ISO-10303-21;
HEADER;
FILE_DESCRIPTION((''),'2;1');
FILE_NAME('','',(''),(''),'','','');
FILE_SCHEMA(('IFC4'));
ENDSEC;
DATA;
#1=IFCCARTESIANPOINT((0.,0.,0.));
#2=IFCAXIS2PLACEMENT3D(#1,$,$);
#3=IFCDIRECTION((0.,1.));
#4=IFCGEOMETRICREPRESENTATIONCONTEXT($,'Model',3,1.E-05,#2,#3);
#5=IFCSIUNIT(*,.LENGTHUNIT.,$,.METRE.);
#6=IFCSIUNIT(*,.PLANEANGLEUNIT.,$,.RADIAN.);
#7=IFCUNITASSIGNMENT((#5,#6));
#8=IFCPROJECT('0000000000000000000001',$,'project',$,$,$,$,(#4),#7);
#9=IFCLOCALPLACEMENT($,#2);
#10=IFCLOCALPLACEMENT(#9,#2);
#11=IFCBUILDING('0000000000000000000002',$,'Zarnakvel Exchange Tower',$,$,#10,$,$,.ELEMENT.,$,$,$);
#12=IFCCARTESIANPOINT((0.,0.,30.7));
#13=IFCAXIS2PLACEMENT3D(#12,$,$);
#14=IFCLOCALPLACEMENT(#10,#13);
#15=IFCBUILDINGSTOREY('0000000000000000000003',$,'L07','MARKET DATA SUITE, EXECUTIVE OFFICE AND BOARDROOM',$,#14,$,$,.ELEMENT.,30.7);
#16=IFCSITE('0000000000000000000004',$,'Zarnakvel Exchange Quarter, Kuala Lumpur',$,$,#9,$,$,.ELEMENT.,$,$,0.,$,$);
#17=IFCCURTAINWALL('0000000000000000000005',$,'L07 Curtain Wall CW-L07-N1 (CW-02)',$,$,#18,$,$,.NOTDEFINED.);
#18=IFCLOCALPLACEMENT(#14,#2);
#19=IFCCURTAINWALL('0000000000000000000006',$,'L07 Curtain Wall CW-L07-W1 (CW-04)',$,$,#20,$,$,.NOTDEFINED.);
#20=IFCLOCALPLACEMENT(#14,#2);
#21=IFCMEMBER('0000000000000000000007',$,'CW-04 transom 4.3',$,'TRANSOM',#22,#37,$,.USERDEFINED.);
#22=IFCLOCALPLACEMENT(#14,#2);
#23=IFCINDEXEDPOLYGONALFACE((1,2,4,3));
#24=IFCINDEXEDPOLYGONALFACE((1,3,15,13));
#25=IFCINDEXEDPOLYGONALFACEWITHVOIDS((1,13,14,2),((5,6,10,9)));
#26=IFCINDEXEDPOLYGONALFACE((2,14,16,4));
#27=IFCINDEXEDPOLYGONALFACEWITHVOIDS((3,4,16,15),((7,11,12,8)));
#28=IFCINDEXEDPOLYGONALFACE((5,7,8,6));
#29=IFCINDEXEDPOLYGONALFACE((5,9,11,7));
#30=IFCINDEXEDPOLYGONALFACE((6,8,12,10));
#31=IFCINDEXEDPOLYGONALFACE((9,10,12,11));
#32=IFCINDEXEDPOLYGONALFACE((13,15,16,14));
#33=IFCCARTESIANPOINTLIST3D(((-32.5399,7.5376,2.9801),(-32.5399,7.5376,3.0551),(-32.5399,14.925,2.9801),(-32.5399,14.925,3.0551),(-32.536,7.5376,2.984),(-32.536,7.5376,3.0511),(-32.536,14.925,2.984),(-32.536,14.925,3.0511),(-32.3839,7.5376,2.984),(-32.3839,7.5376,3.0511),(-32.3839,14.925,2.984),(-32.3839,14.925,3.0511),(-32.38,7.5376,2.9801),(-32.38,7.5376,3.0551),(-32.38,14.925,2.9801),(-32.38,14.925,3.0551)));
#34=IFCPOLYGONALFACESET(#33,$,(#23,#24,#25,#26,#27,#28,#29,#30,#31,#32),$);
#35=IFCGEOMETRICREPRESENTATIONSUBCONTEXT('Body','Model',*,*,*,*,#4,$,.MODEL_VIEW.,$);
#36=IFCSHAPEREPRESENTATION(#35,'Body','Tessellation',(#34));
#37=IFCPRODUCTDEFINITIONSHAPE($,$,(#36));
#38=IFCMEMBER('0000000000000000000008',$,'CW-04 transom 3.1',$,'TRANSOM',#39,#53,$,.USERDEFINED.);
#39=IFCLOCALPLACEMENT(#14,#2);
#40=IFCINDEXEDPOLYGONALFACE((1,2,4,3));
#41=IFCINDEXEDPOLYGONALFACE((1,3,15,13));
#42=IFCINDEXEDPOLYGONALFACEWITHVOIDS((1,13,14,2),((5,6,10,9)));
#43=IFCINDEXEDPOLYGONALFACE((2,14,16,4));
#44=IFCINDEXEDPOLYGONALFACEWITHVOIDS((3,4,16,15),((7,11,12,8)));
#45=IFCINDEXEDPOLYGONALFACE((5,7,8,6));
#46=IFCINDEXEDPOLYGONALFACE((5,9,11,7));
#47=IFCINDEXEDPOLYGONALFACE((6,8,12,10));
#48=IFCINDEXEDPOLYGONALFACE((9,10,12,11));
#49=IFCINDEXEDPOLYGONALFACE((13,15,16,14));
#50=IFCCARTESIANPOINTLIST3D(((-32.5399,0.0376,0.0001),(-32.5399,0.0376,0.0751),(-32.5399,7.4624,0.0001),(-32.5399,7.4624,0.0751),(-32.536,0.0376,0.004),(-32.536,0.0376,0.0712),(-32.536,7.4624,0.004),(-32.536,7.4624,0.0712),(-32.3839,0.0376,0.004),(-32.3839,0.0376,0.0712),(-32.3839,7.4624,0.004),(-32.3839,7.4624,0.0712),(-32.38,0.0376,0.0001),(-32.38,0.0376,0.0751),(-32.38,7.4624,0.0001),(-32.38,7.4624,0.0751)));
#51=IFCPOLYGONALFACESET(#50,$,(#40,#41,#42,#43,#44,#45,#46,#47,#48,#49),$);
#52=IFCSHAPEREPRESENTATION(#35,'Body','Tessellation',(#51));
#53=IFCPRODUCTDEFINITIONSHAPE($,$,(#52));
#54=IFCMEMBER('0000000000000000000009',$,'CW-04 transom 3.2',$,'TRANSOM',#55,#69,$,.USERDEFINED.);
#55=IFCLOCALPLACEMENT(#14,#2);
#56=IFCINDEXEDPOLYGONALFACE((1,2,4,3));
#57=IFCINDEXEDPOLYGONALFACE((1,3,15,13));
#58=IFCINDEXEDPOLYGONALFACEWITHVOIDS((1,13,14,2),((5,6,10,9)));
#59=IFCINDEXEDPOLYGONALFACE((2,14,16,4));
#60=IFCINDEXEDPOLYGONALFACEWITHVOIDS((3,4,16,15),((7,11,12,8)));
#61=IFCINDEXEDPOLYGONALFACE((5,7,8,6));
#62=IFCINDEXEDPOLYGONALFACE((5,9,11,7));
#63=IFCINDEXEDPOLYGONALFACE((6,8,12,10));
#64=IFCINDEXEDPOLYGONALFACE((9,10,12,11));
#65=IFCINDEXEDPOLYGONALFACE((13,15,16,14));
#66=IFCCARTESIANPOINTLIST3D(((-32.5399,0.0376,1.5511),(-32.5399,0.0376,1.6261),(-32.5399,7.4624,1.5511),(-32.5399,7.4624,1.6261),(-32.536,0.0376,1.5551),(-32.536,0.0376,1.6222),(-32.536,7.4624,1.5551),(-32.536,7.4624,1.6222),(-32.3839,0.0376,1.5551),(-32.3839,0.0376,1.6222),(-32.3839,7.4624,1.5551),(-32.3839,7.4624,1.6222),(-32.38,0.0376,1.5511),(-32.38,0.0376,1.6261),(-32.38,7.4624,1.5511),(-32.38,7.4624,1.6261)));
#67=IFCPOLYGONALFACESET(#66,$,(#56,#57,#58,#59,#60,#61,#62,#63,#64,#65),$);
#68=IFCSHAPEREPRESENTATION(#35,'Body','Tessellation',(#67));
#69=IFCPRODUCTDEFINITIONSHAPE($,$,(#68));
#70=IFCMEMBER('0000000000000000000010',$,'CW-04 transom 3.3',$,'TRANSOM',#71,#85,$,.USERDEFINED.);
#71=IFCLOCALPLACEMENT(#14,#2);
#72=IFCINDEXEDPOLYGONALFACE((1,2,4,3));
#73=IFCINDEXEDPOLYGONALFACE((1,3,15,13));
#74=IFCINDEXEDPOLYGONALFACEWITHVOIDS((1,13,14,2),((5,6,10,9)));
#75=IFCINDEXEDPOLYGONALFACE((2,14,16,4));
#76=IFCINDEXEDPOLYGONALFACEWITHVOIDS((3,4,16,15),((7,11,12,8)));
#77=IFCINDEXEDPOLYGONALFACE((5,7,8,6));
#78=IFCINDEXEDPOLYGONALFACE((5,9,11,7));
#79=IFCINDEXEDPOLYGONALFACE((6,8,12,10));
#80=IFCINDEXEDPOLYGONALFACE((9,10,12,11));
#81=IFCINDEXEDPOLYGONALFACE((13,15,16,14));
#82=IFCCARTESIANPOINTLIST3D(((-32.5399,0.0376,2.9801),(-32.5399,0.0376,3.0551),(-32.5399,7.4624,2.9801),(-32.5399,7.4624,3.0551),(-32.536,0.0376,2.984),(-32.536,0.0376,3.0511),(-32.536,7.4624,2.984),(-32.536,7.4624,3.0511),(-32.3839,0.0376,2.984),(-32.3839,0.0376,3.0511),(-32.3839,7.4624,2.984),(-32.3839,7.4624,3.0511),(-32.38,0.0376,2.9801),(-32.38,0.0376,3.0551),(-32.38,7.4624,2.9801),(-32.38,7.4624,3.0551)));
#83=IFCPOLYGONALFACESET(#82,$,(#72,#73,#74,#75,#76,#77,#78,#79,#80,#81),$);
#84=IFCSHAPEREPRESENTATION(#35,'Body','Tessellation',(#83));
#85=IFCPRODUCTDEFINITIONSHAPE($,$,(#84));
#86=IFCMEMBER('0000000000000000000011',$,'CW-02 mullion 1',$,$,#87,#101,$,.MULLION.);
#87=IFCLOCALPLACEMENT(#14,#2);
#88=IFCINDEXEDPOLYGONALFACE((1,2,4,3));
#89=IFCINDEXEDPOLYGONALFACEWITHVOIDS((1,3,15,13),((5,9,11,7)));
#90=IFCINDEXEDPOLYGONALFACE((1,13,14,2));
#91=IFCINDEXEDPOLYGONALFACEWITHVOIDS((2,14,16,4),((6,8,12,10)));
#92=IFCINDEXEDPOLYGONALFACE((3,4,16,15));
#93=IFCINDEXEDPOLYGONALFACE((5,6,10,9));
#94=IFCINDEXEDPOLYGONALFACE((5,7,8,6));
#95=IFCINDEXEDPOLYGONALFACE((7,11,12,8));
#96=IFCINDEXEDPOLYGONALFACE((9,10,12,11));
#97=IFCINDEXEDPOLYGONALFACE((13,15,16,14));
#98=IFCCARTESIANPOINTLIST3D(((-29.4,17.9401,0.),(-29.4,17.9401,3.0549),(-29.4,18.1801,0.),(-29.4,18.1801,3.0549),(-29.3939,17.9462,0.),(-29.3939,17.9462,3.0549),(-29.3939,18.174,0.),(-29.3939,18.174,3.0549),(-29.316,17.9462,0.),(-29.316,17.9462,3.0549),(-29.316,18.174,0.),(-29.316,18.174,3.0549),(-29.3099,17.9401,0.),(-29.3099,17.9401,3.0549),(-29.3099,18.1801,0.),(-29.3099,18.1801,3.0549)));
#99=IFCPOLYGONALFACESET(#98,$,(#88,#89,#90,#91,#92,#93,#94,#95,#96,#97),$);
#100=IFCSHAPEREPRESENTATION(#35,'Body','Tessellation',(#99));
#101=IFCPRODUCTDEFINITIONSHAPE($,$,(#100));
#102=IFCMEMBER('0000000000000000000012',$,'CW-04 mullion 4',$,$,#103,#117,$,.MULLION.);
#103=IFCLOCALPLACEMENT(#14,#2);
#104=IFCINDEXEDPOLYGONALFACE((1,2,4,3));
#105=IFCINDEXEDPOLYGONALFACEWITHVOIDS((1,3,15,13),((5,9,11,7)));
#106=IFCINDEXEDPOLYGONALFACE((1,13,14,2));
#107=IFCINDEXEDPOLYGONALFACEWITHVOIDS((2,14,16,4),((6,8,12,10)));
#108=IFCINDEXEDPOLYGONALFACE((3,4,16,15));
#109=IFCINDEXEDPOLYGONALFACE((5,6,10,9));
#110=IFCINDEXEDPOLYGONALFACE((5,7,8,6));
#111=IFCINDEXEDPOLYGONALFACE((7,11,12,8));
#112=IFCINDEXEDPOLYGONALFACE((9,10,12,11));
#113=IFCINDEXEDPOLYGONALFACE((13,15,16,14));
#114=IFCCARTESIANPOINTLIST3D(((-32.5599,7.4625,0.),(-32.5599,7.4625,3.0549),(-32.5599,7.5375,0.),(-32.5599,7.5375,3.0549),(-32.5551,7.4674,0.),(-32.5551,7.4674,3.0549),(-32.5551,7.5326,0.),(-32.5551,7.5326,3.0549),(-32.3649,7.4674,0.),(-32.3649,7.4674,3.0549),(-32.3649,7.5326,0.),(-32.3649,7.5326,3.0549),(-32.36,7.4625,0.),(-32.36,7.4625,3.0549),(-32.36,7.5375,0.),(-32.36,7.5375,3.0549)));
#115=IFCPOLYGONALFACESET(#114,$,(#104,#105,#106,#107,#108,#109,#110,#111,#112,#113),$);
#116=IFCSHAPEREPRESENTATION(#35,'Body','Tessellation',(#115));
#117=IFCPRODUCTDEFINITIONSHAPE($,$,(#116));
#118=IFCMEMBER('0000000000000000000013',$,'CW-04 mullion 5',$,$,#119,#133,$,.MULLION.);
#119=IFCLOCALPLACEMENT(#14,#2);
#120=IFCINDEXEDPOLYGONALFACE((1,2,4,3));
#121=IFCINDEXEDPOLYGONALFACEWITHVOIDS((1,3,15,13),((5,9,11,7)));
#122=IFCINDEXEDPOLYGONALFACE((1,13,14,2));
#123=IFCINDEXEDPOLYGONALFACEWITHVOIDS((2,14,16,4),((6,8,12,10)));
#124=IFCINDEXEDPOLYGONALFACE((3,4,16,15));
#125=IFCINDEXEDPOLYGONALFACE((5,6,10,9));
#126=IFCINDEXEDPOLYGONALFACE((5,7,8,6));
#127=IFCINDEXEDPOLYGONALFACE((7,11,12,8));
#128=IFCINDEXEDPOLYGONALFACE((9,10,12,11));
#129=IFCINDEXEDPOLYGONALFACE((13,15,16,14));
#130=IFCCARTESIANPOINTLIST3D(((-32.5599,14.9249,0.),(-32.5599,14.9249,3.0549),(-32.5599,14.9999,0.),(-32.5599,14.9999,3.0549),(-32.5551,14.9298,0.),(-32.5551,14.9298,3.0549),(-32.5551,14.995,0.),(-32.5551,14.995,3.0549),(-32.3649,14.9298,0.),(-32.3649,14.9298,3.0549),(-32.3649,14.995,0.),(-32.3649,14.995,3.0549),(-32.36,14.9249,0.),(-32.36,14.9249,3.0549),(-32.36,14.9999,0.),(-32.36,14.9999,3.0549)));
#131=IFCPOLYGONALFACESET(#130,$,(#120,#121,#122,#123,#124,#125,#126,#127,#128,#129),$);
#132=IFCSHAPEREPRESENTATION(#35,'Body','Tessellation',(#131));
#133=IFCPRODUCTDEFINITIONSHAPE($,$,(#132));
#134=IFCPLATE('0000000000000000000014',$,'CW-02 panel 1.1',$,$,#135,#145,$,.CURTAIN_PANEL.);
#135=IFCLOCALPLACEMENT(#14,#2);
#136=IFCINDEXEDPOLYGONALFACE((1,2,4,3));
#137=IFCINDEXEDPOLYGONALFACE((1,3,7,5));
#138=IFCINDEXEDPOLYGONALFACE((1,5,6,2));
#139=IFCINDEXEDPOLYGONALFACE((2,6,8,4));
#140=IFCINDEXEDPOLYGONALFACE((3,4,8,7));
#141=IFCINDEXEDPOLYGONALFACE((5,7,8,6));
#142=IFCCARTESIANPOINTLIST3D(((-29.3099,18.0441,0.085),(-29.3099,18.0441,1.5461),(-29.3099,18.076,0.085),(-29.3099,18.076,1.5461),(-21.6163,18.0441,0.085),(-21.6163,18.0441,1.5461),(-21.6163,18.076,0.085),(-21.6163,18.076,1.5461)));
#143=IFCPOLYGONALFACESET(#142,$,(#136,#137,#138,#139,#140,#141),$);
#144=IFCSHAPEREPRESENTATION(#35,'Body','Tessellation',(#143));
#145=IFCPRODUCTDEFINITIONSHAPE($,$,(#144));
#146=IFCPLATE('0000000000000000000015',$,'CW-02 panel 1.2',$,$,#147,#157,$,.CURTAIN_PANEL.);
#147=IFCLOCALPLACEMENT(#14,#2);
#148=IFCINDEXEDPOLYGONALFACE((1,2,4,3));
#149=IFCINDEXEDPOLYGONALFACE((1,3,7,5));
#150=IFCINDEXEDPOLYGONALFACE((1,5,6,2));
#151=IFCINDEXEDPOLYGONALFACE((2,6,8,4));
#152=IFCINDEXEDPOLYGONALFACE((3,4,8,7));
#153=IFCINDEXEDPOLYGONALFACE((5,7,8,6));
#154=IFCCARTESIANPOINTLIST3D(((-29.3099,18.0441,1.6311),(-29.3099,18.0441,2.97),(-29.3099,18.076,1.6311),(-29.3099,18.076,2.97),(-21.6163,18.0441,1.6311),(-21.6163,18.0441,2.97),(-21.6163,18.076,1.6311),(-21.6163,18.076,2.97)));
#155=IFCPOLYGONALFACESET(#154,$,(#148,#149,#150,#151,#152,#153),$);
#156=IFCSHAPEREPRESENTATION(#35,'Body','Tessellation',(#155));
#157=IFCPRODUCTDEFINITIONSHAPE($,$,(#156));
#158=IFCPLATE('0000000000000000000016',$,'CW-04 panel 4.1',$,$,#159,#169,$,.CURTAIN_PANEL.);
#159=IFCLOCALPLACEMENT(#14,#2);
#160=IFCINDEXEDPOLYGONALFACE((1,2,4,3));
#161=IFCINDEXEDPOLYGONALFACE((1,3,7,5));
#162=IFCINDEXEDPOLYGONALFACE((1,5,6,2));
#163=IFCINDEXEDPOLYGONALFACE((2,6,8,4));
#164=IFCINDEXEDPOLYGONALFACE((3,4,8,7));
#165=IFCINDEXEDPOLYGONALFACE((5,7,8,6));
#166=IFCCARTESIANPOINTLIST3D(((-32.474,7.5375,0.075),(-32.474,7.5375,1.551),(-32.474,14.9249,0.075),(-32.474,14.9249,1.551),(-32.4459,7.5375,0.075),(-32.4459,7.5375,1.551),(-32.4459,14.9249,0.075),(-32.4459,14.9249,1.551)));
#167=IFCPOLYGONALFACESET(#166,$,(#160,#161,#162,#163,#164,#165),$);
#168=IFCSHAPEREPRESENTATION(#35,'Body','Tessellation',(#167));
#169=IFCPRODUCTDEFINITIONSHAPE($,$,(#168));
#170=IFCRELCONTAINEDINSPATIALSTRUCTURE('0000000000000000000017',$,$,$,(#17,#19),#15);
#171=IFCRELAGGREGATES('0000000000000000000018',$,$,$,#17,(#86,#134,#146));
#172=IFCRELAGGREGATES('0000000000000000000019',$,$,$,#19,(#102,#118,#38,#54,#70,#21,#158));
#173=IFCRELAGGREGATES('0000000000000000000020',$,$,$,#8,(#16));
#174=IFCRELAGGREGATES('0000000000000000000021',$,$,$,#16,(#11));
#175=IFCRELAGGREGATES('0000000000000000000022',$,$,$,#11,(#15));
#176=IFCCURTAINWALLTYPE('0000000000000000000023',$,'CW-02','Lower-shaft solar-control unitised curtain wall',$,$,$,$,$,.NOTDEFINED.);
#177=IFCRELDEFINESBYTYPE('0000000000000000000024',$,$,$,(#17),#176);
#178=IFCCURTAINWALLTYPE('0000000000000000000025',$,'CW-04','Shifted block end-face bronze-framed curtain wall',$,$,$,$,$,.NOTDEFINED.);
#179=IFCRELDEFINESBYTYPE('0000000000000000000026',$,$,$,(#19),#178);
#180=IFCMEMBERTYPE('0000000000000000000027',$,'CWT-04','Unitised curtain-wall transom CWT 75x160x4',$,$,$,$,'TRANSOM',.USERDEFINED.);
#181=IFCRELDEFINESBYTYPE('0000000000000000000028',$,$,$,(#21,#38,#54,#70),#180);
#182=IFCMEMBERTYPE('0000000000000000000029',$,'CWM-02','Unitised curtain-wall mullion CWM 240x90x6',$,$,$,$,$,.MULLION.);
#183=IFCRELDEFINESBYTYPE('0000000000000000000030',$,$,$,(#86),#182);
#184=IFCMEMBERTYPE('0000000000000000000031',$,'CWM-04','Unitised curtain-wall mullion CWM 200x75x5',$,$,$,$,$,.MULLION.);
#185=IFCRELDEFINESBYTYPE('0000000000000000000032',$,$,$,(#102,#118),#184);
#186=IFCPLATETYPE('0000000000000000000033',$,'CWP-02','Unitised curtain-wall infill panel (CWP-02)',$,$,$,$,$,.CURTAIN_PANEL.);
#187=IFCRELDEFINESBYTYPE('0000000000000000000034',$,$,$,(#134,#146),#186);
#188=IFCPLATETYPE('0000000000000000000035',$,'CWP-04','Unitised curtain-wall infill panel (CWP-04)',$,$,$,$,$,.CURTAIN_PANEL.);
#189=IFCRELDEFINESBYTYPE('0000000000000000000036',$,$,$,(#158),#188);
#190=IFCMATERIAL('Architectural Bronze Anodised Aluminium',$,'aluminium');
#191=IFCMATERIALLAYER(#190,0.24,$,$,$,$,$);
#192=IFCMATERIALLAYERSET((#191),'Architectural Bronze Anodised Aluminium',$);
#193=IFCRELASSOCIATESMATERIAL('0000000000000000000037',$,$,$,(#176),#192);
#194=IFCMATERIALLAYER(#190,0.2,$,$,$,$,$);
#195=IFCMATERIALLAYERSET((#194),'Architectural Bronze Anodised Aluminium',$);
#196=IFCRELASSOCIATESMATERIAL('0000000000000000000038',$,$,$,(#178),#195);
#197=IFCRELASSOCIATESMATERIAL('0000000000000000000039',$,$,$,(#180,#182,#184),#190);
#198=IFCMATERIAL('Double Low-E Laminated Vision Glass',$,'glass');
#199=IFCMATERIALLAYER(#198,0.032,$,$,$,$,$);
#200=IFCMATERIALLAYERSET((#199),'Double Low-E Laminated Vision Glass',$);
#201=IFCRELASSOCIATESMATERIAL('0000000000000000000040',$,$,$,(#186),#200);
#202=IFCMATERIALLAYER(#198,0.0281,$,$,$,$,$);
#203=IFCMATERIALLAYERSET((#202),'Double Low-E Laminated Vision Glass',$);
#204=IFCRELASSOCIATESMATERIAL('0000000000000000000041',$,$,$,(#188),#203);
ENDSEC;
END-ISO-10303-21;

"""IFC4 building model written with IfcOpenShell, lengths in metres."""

from ifc_helpers import new_model, si_unit, direction, frame, origin, origin_2d, place, context, subcontext, project, spatial, rectangle, hollow_rectangle, extrude, source, transform, mapped, material, layer, layer_set, material_profile, profile_set, type_object, element, aggregate, save


model = new_model("IFC4")

# Units and contexts
model_context = context("Model", 3, precision=1e-05, world=origin(), true_north=direction((0.0, 1.0)))
body_context = subcontext(model_context, "Body", "Model", "MODEL_VIEW")
ifc_project = project(units=[si_unit("LENGTHUNIT", "METRE"), si_unit("PLANEANGLEUNIT", "RADIAN")], contexts=[model_context])

# Site, building, storey
site_placement = place(None, origin())
site = spatial("IfcSite", under=ifc_project, at=site_placement, Name="Zarnakvel Exchange Quarter, Kuala Lumpur", CompositionType="ELEMENT", RefElevation=0.0)
building_placement = place(site_placement, origin())
building = spatial("IfcBuilding", under=site, at=building_placement, Name="Zarnakvel Exchange Tower", CompositionType="ELEMENT")
storey_placement = place(building_placement, frame((0.0, 0.0, 30.7)))
storey = spatial("IfcBuildingStorey", under=building, at=storey_placement, Name="L07", Description="MARKET DATA SUITE, EXECUTIVE OFFICE AND BOARDROOM", CompositionType="ELEMENT", Elevation=30.7)

# Curtain walls, members
ifc_material_1 = material(Name="Architectural Bronze Anodised Aluminium", Category="aluminium")
ifc_layer_1 = layer(ifc_material_1, 0.24)
ifc_layer_set_1 = layer_set([ifc_layer_1], Name="Architectural Bronze Anodised Aluminium")
curtain_wall_type_1 = type_object("IfcCurtainWallType", Name="CW-02", Description="Lower-shaft solar-control unitised curtain wall", PredefinedType="NOTDEFINED", material=ifc_layer_set_1)
curtain_wall_1_placement = place(storey_placement, origin())
curtain_wall_1 = element("IfcCurtainWall", 1, at=curtain_wall_1_placement, inside=storey, type_object=curtain_wall_type_1, Name="L07 Curtain Wall CW-L07-N1 (CW-02)", PredefinedType="NOTDEFINED")
ifc_layer_2 = layer(ifc_material_1, 0.2)
ifc_layer_set_2 = layer_set([ifc_layer_2], Name="Architectural Bronze Anodised Aluminium")
curtain_wall_type_2 = type_object("IfcCurtainWallType", Name="CW-04", Description="Shifted block end-face bronze-framed curtain wall", PredefinedType="NOTDEFINED", material=ifc_layer_set_2)
curtain_wall_2_placement = place(storey_placement, origin())
curtain_wall_2 = element("IfcCurtainWall", 2, at=curtain_wall_2_placement, inside=storey, type_object=curtain_wall_type_2, Name="L07 Curtain Wall CW-L07-W1 (CW-04)", PredefinedType="NOTDEFINED")
ifc_material_profile_1 = material_profile(ifc_material_1, hollow_rectangle(XDim=0.1599, YDim=0.075, WallThickness=0.0039, at=origin_2d()))
ifc_profile_set_1 = profile_set([ifc_material_profile_1], Name="Architectural Bronze Anodised Aluminium")
member_type_1 = type_object("IfcMemberType", Name="CWT-04", Description="Unitised curtain-wall transom CWT 75x160x4", ElementType="TRANSOM", PredefinedType="USERDEFINED", material=ifc_profile_set_1)
shared_shape_1 = source(origin(), body_context, "Body", "SweptSolid", [
    extrude(hollow_rectangle(XDim=0.1599, YDim=0.075, WallThickness=0.0039, at=origin_2d()), origin(), (0.0, 0.0, 1.0), 7.3875),
])
member_1_placement = place(storey_placement, frame((-32.46, 7.5376, 3.0176), z_axis=(0.0, 1.0, 0.0), x_axis=(-1.0, 0.0, 0.0)))
member_1 = element("IfcMember", 3, at=member_1_placement, type_object=member_type_1, Name="CW-04 transom 4.3", ObjectType="TRANSOM", PredefinedType="USERDEFINED", context=body_context, shape_type="MappedRepresentation", body=[
    mapped(shared_shape_1, transform((0.0, 0.0, 0.0), x_axis=(1.0, 0.0, 0.0), y_axis=(0.0, 1.0, 0.0), z_axis=(0.0, 0.0, 1.0), scale=1.0)),
])
shared_shape_2 = source(origin(), body_context, "Body", "SweptSolid", [
    extrude(hollow_rectangle(XDim=0.1599, YDim=0.075, WallThickness=0.0039, at=origin_2d()), origin(), (0.0, 0.0, 1.0), 7.4248),
])
member_2_placement = place(storey_placement, frame((-32.46, 0.0376, 0.0376), z_axis=(0.0, 1.0, 0.0), x_axis=(-1.0, 0.0, 0.0)))
member_2 = element("IfcMember", 4, at=member_2_placement, type_object=member_type_1, Name="CW-04 transom 3.1", ObjectType="TRANSOM", PredefinedType="USERDEFINED", context=body_context, shape_type="MappedRepresentation", body=[
    mapped(shared_shape_2, transform((0.0, 0.0, 0.0), x_axis=(1.0, 0.0, 0.0), y_axis=(0.0, 1.0, 0.0), z_axis=(0.0, 0.0, 1.0), scale=1.0)),
])
member_3_placement = place(storey_placement, frame((-32.46, 0.0376, 1.5886), z_axis=(0.0, 1.0, 0.0), x_axis=(-1.0, 0.0, 0.0)))
member_3 = element("IfcMember", 5, at=member_3_placement, type_object=member_type_1, Name="CW-04 transom 3.2", ObjectType="TRANSOM", PredefinedType="USERDEFINED", context=body_context, shape_type="MappedRepresentation", body=[
    mapped(shared_shape_2, transform((0.0, 0.0, 0.0), x_axis=(1.0, 0.0, 0.0), y_axis=(0.0, 1.0, 0.0), z_axis=(0.0, 0.0, 1.0), scale=1.0)),
])
member_4_placement = place(storey_placement, frame((-32.46, 0.0376, 3.0176), z_axis=(0.0, 1.0, 0.0), x_axis=(-1.0, 0.0, 0.0)))
member_4 = element("IfcMember", 6, at=member_4_placement, type_object=member_type_1, Name="CW-04 transom 3.3", ObjectType="TRANSOM", PredefinedType="USERDEFINED", context=body_context, shape_type="MappedRepresentation", body=[
    mapped(shared_shape_2, transform((0.0, 0.0, 0.0), x_axis=(1.0, 0.0, 0.0), y_axis=(0.0, 1.0, 0.0), z_axis=(0.0, 0.0, 1.0), scale=1.0)),
])

# Members
ifc_material_profile_2 = material_profile(ifc_material_1, hollow_rectangle(XDim=0.24, YDim=0.0901, WallThickness=0.0061, at=origin_2d()))
ifc_profile_set_2 = profile_set([ifc_material_profile_2], Name="Architectural Bronze Anodised Aluminium")
member_type_2 = type_object("IfcMemberType", Name="CWM-02", Description="Unitised curtain-wall mullion CWM 240x90x6", PredefinedType="MULLION", material=ifc_profile_set_2)
shared_shape_3 = source(origin(), body_context, "Body", "SweptSolid", [
    extrude(hollow_rectangle(XDim=0.24, YDim=0.0901, WallThickness=0.0061, at=origin_2d()), origin(), (0.0, 0.0, 1.0), 3.0549),
])
member_5_placement = place(storey_placement, frame((-29.355, 18.0601, 0.0), z_axis=(0.0, 0.0, 1.0), x_axis=(0.0, 1.0, 0.0)))
member_5 = element("IfcMember", 7, at=member_5_placement, type_object=member_type_2, Name="CW-02 mullion 1", PredefinedType="MULLION", context=body_context, shape_type="MappedRepresentation", body=[
    mapped(shared_shape_3, transform((0.0, 0.0, 0.0), x_axis=(1.0, 0.0, 0.0), y_axis=(0.0, 1.0, 0.0), z_axis=(0.0, 0.0, 1.0), scale=1.0)),
])
ifc_material_profile_3 = material_profile(ifc_material_1, hollow_rectangle(XDim=0.2, YDim=0.075, WallThickness=0.0049, at=origin_2d()))
ifc_profile_set_3 = profile_set([ifc_material_profile_3], Name="Architectural Bronze Anodised Aluminium")
member_type_3 = type_object("IfcMemberType", Name="CWM-04", Description="Unitised curtain-wall mullion CWM 200x75x5", PredefinedType="MULLION", material=ifc_profile_set_3)
shared_shape_4 = source(origin(), body_context, "Body", "SweptSolid", [
    extrude(hollow_rectangle(XDim=0.2, YDim=0.075, WallThickness=0.0049, at=origin_2d()), origin(), (0.0, 0.0, 1.0), 3.0549),
])
member_6_placement = place(storey_placement, frame((-32.46, 7.5, 0.0), z_axis=(0.0, 0.0, 1.0), x_axis=(-1.0, 0.0, 0.0)))
member_6 = element("IfcMember", 8, at=member_6_placement, type_object=member_type_3, Name="CW-04 mullion 4", PredefinedType="MULLION", context=body_context, shape_type="MappedRepresentation", body=[
    mapped(shared_shape_4, transform((0.0, 0.0, 0.0), x_axis=(1.0, 0.0, 0.0), y_axis=(0.0, 1.0, 0.0), z_axis=(0.0, 0.0, 1.0), scale=1.0)),
])
member_7_placement = place(storey_placement, frame((-32.46, 14.9624, 0.0), z_axis=(0.0, 0.0, 1.0), x_axis=(-1.0, 0.0, 0.0)))
member_7 = element("IfcMember", 9, at=member_7_placement, type_object=member_type_3, Name="CW-04 mullion 5", PredefinedType="MULLION", context=body_context, shape_type="MappedRepresentation", body=[
    mapped(shared_shape_4, transform((0.0, 0.0, 0.0), x_axis=(1.0, 0.0, 0.0), y_axis=(0.0, 1.0, 0.0), z_axis=(0.0, 0.0, 1.0), scale=1.0)),
])

# Plates
ifc_material_2 = material(Name="Double Low-E Laminated Vision Glass", Category="glass")
ifc_layer_3 = layer(ifc_material_2, 0.032)
ifc_layer_set_3 = layer_set([ifc_layer_3], Name="Double Low-E Laminated Vision Glass")
plate_type_1 = type_object("IfcPlateType", Name="CWP-02", Description="Unitised curtain-wall infill panel (CWP-02)", PredefinedType="CURTAIN_PANEL", material=ifc_layer_set_3)
shared_shape_5 = source(origin(), body_context, "Body", "SweptSolid", [
    extrude(rectangle(XDim=7.6936, YDim=0.032, at=origin_2d()), origin(), (0.0, 0.0, 1.0), 1.4612),
])
plate_1_placement = place(storey_placement, frame((-25.4631, 18.0601, 0.085), z_axis=(0.0, 0.0, 1.0), x_axis=(1.0, 0.0, 0.0)))
plate_1 = element("IfcPlate", 10, at=plate_1_placement, type_object=plate_type_1, Name="CW-02 panel 1.1", PredefinedType="CURTAIN_PANEL", context=body_context, shape_type="MappedRepresentation", body=[
    mapped(shared_shape_5, transform((0.0, 0.0, 0.0), x_axis=(1.0, 0.0, 0.0), y_axis=(0.0, 1.0, 0.0), z_axis=(0.0, 0.0, 1.0), scale=1.0)),
])
shared_shape_6 = source(origin(), body_context, "Body", "SweptSolid", [
    extrude(rectangle(XDim=7.6936, YDim=0.032, at=origin_2d()), origin(), (0.0, 0.0, 1.0), 1.3389),
])
plate_2_placement = place(storey_placement, frame((-25.4631, 18.0601, 1.6311), z_axis=(0.0, 0.0, 1.0), x_axis=(1.0, 0.0, 0.0)))
plate_2 = element("IfcPlate", 11, at=plate_2_placement, type_object=plate_type_1, Name="CW-02 panel 1.2", PredefinedType="CURTAIN_PANEL", context=body_context, shape_type="MappedRepresentation", body=[
    mapped(shared_shape_6, transform((0.0, 0.0, 0.0), x_axis=(1.0, 0.0, 0.0), y_axis=(0.0, 1.0, 0.0), z_axis=(0.0, 0.0, 1.0), scale=1.0)),
])
aggregate(curtain_wall_1, [member_5, plate_1, plate_2])
ifc_layer_4 = layer(ifc_material_2, 0.0281)
ifc_layer_set_4 = layer_set([ifc_layer_4], Name="Double Low-E Laminated Vision Glass")
plate_type_2 = type_object("IfcPlateType", Name="CWP-04", Description="Unitised curtain-wall infill panel (CWP-04)", PredefinedType="CURTAIN_PANEL", material=ifc_layer_set_4)
shared_shape_7 = source(origin(), body_context, "Body", "SweptSolid", [
    extrude(rectangle(XDim=7.3875, YDim=0.0281, at=origin_2d()), origin(), (0.0, 0.0, 1.0), 1.4761),
])
plate_3_placement = place(storey_placement, frame((-32.46, 11.2312, 0.075), z_axis=(0.0, 0.0, 1.0), x_axis=(0.0, 1.0, 0.0)))
plate_3 = element("IfcPlate", 12, at=plate_3_placement, type_object=plate_type_2, Name="CW-04 panel 4.1", PredefinedType="CURTAIN_PANEL", context=body_context, shape_type="MappedRepresentation", body=[
    mapped(shared_shape_7, transform((0.0, 0.0, 0.0), x_axis=(1.0, 0.0, 0.0), y_axis=(0.0, 1.0, 0.0), z_axis=(0.0, 0.0, 1.0), scale=1.0)),
])
aggregate(curtain_wall_2, [member_6, member_7, member_2, member_3, member_4, member_1, plate_3])

save(model, "model.ifc")
